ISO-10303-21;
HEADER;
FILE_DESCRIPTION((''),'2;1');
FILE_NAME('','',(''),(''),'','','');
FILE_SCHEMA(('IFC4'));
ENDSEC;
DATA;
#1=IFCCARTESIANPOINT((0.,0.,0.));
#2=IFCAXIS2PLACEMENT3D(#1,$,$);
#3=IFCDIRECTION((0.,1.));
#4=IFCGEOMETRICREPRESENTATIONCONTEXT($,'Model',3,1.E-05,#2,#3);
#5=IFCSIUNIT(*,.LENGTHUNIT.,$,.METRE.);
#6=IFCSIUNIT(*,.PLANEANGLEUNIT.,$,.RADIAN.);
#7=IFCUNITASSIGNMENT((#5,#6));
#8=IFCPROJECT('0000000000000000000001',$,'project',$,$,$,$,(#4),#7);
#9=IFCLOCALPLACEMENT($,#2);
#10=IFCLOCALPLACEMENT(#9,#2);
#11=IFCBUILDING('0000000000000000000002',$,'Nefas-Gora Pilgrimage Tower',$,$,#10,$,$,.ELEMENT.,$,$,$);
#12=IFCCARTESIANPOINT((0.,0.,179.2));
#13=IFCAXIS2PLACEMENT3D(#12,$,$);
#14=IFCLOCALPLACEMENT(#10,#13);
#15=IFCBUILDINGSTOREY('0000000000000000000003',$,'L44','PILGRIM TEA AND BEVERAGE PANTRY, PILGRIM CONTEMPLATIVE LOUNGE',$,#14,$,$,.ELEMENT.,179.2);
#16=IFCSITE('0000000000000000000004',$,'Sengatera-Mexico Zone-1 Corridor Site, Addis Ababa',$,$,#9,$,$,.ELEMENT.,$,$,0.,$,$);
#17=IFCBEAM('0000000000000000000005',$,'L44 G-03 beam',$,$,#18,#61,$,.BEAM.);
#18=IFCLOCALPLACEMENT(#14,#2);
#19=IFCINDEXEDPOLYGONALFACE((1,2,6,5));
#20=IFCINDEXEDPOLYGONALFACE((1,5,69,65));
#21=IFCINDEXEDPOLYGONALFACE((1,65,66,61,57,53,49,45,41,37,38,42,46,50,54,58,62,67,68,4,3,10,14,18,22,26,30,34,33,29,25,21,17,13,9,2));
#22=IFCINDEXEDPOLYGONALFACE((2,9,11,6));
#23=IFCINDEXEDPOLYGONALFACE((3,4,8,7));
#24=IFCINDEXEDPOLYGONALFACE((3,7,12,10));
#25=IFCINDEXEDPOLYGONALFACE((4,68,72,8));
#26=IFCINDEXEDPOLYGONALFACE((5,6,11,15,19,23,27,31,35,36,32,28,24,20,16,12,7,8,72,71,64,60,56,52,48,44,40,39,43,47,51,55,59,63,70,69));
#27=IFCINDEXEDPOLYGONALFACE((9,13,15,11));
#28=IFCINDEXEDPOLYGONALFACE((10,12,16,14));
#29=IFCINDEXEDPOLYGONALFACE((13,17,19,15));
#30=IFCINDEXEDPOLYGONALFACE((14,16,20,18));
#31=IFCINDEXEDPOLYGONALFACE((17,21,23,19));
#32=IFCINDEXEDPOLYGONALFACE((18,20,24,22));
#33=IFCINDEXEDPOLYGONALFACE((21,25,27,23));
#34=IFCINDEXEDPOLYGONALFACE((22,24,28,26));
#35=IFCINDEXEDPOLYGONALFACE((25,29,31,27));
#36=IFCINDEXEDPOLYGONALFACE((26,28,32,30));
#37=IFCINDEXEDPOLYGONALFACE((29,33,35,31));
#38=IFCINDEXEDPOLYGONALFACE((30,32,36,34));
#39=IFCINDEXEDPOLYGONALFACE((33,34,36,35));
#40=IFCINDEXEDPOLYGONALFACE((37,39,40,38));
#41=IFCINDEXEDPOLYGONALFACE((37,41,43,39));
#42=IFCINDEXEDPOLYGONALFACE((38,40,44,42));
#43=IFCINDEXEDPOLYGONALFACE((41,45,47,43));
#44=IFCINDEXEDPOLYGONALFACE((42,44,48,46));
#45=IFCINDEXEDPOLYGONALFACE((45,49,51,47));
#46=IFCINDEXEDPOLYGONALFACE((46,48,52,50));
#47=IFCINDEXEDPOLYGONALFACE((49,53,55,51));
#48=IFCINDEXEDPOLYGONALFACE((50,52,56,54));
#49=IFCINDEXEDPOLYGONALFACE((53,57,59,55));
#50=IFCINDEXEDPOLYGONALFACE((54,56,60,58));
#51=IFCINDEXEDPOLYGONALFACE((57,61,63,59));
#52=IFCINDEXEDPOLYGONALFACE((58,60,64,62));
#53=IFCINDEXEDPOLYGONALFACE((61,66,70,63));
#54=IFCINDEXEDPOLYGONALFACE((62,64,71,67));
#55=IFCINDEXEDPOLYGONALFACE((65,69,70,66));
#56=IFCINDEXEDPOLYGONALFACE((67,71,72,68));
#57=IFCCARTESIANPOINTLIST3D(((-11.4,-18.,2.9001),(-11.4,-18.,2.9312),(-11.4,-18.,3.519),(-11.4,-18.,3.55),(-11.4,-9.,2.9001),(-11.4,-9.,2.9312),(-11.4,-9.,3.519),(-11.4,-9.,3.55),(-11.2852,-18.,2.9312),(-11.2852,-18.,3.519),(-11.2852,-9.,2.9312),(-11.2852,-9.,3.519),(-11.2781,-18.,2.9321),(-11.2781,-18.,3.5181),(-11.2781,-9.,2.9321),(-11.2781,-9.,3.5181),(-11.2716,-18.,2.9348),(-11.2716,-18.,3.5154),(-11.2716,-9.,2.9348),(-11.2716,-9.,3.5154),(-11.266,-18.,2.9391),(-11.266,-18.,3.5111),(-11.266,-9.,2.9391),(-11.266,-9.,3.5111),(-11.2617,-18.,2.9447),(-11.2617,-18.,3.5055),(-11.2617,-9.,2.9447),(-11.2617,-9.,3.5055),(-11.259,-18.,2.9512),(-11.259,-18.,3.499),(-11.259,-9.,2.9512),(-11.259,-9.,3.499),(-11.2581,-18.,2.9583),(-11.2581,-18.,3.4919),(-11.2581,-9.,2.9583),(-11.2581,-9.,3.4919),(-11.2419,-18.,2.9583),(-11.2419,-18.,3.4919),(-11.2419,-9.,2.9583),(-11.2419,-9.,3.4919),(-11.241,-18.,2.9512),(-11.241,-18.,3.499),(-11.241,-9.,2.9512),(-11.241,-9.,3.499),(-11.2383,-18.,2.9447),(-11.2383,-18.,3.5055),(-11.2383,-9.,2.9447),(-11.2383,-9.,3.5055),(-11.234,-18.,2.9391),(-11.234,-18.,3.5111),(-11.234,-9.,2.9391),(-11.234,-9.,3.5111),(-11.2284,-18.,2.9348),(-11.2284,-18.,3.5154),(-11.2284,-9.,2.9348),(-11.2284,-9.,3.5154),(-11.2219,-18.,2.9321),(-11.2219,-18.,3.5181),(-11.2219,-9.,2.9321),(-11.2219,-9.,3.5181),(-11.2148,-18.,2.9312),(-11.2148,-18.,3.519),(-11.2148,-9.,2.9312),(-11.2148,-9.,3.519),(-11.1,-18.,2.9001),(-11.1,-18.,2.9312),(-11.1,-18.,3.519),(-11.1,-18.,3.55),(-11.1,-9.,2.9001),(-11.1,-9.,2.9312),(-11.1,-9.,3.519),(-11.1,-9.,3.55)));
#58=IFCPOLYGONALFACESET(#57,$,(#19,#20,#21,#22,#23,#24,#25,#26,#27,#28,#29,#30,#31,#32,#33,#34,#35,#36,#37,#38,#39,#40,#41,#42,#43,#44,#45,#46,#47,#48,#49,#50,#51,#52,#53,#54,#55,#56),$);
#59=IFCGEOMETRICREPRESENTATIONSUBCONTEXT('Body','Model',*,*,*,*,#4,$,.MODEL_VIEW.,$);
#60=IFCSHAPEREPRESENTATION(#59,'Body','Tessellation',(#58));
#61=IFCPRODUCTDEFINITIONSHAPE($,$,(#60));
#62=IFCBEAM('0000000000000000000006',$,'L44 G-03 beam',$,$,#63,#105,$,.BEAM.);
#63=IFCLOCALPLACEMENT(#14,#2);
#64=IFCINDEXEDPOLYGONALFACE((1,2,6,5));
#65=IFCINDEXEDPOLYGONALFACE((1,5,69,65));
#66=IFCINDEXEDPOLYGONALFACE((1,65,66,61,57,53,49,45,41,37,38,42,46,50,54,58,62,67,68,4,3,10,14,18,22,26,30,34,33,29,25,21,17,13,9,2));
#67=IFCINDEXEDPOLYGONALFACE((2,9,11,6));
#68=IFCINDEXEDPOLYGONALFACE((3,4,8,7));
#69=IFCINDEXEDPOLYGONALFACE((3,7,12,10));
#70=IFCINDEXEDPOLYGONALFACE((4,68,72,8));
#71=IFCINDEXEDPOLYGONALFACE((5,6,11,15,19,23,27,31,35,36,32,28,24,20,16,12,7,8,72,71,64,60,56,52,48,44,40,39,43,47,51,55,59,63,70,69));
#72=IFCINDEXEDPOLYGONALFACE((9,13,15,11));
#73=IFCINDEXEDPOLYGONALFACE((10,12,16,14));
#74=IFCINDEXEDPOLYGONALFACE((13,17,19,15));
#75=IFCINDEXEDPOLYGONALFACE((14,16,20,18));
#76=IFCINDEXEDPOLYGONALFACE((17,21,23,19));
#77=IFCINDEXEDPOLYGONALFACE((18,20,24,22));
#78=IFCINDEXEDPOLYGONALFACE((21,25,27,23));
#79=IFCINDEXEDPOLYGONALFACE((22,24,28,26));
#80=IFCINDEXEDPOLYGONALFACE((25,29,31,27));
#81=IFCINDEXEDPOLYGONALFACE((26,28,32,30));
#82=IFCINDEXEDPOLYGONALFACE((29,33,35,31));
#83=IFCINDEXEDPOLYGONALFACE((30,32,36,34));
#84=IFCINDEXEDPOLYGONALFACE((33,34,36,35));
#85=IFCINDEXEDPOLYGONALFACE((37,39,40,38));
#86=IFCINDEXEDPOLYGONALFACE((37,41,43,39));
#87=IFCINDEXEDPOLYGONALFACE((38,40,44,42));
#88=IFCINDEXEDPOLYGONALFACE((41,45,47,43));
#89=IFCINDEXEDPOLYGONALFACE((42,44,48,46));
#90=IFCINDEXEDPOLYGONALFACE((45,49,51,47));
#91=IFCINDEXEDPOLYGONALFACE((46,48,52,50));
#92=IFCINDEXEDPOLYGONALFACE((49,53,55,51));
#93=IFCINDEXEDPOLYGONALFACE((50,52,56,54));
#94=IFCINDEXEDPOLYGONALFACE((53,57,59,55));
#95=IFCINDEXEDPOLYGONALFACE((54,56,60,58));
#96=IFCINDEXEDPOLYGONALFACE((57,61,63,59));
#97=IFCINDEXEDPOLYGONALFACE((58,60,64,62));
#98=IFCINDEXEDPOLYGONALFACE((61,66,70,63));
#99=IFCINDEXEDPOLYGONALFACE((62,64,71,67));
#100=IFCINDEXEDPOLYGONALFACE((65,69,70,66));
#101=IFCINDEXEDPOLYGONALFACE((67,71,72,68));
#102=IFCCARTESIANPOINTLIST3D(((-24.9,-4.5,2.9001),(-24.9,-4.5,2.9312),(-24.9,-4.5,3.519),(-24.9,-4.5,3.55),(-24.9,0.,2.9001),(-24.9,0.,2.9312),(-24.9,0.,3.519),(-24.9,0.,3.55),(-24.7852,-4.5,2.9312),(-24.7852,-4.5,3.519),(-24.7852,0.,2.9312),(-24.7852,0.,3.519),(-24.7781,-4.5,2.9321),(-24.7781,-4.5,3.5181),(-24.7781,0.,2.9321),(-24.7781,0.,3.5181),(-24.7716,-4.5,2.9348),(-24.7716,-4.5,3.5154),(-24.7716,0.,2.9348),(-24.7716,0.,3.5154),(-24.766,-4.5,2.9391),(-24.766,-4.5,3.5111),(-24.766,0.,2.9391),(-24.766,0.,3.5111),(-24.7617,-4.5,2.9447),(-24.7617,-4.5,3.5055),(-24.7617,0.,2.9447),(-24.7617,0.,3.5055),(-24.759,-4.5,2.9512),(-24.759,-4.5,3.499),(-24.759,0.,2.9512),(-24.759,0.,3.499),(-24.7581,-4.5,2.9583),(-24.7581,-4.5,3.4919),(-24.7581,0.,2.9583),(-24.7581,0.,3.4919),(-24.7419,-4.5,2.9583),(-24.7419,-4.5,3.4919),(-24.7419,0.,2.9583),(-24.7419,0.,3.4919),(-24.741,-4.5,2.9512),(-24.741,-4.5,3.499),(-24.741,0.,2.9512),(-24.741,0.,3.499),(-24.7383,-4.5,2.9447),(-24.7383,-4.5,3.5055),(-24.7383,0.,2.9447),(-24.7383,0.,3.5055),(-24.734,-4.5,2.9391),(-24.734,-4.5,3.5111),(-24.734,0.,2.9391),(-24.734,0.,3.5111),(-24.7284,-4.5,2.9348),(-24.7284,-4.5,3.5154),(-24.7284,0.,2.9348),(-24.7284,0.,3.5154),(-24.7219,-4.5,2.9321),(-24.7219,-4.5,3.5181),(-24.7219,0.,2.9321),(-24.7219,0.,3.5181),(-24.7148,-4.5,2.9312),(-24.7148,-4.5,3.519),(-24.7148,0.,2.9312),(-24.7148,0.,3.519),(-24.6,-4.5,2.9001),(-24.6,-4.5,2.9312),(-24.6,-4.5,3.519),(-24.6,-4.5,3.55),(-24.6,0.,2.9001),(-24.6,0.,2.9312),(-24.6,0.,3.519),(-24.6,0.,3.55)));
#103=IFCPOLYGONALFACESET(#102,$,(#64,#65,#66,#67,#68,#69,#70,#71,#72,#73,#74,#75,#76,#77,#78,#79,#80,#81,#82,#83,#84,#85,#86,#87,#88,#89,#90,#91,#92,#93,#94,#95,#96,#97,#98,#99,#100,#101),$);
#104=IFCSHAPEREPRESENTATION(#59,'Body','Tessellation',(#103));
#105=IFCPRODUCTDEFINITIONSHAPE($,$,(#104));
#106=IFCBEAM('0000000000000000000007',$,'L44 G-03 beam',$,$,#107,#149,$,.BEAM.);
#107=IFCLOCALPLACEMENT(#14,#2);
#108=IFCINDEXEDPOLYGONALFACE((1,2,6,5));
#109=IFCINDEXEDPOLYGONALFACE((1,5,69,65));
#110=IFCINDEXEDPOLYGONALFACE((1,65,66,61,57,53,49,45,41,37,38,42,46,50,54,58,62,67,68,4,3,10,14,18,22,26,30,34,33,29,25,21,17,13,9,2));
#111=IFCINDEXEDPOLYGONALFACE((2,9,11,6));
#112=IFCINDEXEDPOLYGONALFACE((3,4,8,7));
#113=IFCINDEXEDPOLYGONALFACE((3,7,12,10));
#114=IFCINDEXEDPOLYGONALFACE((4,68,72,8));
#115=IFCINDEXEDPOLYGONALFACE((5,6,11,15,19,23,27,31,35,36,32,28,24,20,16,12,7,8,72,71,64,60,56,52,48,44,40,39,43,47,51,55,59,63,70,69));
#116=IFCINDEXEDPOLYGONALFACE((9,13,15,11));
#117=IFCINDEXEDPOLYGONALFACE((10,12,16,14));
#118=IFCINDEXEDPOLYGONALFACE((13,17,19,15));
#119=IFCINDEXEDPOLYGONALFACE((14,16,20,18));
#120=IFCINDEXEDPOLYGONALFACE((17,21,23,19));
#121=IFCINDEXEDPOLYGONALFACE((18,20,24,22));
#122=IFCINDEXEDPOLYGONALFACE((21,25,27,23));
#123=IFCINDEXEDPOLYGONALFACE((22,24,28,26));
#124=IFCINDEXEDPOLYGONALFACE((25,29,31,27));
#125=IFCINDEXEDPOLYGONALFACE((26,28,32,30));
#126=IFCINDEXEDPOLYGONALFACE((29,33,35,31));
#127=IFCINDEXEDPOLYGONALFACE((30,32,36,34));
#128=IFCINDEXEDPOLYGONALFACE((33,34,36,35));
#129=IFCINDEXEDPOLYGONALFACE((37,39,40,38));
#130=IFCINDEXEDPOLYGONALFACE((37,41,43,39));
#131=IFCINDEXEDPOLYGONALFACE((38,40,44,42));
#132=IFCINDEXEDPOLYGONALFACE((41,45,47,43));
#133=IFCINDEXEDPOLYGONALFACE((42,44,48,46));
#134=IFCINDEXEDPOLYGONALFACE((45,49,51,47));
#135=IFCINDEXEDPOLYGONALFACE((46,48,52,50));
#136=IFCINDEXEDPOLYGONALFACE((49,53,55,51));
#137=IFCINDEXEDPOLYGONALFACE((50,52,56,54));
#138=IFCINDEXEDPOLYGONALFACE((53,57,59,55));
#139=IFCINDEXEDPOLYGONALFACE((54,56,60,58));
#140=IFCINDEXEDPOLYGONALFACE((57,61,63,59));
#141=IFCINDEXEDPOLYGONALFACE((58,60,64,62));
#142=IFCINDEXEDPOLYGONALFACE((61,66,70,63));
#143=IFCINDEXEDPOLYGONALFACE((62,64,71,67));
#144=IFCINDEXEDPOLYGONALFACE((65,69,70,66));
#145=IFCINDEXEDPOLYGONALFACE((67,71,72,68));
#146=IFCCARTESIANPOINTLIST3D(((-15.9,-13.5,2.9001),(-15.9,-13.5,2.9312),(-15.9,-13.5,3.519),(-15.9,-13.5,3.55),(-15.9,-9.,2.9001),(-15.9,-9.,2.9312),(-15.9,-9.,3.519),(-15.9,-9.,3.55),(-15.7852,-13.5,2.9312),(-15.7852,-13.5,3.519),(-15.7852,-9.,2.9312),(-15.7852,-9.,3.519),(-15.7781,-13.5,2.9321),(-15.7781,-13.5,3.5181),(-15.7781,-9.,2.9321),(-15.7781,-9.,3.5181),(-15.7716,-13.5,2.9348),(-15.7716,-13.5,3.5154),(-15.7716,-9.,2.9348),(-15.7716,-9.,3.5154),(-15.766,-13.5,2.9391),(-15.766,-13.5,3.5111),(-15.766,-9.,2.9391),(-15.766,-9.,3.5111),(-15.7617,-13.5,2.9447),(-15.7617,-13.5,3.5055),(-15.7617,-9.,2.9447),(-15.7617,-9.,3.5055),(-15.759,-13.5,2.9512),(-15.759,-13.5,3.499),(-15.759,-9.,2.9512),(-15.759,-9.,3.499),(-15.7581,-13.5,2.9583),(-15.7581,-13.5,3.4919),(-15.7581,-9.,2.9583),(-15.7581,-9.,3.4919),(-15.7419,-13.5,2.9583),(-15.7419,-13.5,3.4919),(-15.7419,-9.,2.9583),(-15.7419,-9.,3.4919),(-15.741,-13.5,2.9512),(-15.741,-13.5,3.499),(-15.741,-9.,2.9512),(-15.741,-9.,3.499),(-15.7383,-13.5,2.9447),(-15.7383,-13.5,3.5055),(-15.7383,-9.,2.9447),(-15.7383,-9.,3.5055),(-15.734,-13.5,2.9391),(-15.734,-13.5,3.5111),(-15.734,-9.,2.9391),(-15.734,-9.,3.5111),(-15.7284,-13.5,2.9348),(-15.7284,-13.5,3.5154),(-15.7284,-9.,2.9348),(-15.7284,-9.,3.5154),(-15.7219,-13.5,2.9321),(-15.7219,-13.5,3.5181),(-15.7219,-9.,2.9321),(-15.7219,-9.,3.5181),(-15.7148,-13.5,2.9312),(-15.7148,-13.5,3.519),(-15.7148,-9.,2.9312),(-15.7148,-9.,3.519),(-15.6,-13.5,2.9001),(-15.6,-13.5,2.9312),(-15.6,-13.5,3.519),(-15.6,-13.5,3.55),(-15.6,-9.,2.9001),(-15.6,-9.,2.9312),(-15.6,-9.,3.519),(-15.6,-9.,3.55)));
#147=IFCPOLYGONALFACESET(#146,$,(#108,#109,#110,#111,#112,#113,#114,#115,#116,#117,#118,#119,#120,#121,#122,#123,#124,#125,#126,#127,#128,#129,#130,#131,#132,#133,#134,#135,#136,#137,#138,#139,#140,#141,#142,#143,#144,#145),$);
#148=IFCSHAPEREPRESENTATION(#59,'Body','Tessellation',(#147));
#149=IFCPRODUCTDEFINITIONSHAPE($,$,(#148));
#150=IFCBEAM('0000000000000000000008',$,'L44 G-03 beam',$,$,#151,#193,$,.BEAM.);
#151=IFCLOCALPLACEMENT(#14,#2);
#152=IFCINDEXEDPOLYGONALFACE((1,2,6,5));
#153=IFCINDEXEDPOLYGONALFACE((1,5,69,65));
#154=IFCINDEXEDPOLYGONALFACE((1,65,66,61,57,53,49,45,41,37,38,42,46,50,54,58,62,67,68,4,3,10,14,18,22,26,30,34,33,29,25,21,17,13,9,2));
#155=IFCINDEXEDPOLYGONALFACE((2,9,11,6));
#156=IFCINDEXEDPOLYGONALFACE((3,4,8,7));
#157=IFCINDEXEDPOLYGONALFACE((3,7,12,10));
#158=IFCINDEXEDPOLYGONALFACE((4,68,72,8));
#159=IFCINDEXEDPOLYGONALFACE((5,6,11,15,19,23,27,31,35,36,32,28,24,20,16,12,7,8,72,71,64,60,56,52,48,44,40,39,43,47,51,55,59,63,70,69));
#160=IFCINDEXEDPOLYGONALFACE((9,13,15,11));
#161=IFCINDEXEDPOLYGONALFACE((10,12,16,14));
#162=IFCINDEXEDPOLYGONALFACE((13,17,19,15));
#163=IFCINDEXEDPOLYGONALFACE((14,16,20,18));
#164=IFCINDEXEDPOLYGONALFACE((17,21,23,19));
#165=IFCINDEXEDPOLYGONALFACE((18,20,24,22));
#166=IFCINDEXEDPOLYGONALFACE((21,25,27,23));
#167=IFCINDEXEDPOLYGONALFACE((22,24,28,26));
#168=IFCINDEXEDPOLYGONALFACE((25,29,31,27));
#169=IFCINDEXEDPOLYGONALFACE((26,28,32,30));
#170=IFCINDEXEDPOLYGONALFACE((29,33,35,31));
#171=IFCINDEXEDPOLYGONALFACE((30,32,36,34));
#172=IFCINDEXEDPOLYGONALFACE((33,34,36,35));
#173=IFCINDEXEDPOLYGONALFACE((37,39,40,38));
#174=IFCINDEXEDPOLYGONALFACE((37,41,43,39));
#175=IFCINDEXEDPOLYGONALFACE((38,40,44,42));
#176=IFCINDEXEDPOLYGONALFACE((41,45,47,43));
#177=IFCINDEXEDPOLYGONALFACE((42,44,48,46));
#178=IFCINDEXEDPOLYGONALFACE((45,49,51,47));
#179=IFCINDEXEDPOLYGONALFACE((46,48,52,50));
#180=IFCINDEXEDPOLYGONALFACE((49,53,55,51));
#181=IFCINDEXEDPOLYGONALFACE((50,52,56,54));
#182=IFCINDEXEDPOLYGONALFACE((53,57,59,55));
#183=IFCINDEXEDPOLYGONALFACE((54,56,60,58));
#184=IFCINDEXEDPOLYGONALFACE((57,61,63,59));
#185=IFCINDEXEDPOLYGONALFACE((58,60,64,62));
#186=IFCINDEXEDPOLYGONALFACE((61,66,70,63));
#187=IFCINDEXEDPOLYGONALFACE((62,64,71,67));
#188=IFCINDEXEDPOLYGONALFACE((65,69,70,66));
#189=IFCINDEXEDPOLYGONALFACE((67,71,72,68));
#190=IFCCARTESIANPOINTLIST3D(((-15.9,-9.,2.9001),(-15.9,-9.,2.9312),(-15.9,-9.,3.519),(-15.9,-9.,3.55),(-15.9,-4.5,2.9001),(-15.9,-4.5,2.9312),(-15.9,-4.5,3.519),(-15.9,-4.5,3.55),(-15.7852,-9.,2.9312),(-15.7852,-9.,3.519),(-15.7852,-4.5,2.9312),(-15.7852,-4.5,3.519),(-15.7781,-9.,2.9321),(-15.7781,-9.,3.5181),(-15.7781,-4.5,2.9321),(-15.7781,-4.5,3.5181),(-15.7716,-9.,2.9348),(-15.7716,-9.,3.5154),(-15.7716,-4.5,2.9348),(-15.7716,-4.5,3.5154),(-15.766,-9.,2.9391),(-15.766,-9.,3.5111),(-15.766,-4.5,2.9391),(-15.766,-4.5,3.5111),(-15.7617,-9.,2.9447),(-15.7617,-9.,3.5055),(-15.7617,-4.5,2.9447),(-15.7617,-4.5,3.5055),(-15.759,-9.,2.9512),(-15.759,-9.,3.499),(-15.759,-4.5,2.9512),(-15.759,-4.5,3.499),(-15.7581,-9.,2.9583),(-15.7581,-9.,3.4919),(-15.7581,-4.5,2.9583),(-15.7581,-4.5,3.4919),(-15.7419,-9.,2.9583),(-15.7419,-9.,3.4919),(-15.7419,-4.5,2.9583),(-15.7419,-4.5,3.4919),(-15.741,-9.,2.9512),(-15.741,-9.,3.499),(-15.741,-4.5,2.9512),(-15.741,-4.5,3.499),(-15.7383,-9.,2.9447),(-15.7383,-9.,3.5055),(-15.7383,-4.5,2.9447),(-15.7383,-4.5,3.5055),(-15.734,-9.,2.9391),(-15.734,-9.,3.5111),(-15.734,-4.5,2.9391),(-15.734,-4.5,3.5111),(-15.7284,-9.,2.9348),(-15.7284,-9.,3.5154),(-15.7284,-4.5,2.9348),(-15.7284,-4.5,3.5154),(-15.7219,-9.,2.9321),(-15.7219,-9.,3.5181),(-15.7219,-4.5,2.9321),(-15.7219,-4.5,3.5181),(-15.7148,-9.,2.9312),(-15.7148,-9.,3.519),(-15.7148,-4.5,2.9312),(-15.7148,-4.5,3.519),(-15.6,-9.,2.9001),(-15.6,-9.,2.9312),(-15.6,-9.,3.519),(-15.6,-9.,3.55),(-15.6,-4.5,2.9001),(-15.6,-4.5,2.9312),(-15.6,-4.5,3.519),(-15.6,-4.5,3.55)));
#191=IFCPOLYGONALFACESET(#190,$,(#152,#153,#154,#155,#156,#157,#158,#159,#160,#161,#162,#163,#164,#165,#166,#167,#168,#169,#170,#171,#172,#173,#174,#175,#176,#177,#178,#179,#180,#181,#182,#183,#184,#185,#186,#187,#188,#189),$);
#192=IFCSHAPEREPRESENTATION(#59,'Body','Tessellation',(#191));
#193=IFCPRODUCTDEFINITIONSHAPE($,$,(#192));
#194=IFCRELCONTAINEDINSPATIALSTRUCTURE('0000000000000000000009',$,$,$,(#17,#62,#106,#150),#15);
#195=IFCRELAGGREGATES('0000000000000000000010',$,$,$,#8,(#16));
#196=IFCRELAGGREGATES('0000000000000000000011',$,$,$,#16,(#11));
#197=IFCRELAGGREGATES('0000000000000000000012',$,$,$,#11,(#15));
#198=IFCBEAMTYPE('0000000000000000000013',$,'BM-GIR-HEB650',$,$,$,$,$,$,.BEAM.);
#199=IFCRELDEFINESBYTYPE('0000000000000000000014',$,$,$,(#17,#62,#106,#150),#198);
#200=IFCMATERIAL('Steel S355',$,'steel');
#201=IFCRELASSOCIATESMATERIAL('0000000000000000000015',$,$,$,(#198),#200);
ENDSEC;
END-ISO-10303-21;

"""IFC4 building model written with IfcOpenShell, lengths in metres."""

from ifc_helpers import new_model, si_unit, direction, frame, origin, origin_2d, place, context, subcontext, project, spatial, i_section, extrude, source, transform, mapped, material, material_profile, profile_set, type_object, element, save


model = new_model("IFC4")

# Units and contexts
model_context = context("Model", 3, precision=1e-05, world=origin(), true_north=direction((0.0, 1.0)))
body_context = subcontext(model_context, "Body", "Model", "MODEL_VIEW")
ifc_project = project(units=[si_unit("LENGTHUNIT", "METRE"), si_unit("PLANEANGLEUNIT", "RADIAN")], contexts=[model_context])

# Site, building, storey
site_placement = place(None, origin())
site = spatial("IfcSite", under=ifc_project, at=site_placement, Name="Sengatera-Mexico Zone-1 Corridor Site, Addis Ababa", CompositionType="ELEMENT", RefElevation=0.0)
building_placement = place(site_placement, origin())
building = spatial("IfcBuilding", under=site, at=building_placement, Name="Nefas-Gora Pilgrimage Tower", CompositionType="ELEMENT")
storey_placement = place(building_placement, frame((0.0, 0.0, 179.2)))
storey = spatial("IfcBuildingStorey", under=building, at=storey_placement, Name="L44", Description="PILGRIM TEA AND BEVERAGE PANTRY, PILGRIM CONTEMPLATIVE LOUNGE", CompositionType="ELEMENT", Elevation=179.2)

# Beams
ifc_material_1 = material(Name="Steel S355", Category="steel")
ifc_material_profile_1 = material_profile(ifc_material_1, i_section(OverallWidth=0.3, OverallDepth=0.6499, WebThickness=0.0161, FlangeThickness=0.031, FilletRadius=0.0271, at=origin_2d()), Name="HEB 650")
ifc_profile_set_1 = profile_set([ifc_material_profile_1], Name="Steel S355")
beam_type = type_object("IfcBeamType", Name="BM-GIR-HEB650", PredefinedType="BEAM", material=ifc_profile_set_1)
shared_shape_1 = source(origin(), body_context, "Body", "SweptSolid", [
    extrude(i_section(OverallWidth=0.3, OverallDepth=0.6499, WebThickness=0.0161, FlangeThickness=0.031, FilletRadius=0.0271, at=origin_2d()), origin(), (0.0, 0.0, 1.0), 9.0),
])
for number, where, z_axis, x_axis, name in (
    (1, (-11.25, -18.0, 3.2251), (0.0, 1.0, 0.0), (-1.0, 0.0, 0.0), "L44 G-03 beam"),
):
    element("IfcBeam", number, at=place(storey_placement, frame(where, z_axis=z_axis, x_axis=x_axis)), inside=storey, type_object=beam_type, Name=name, PredefinedType="BEAM", context=body_context, shape_type="MappedRepresentation", body=[
        mapped(shared_shape_1, transform((0.0, 0.0, 0.0), x_axis=(1.0, 0.0, 0.0), y_axis=(0.0, 1.0, 0.0), z_axis=(0.0, 0.0, 1.0), scale=1.0)),
    ])
shared_shape_2 = source(origin(), body_context, "Body", "SweptSolid", [
    extrude(i_section(OverallWidth=0.3, OverallDepth=0.6499, WebThickness=0.0161, FlangeThickness=0.031, FilletRadius=0.0271, at=origin_2d()), origin(), (0.0, 0.0, 1.0), 4.5),
])
for number, where, z_axis, x_axis, name in (
    (2, (-24.75, -4.5, 3.2251), (0.0, 1.0, 0.0), (-1.0, 0.0, 0.0), "L44 G-03 beam"),
    (3, (-15.75, -13.5, 3.2251), (0.0, 1.0, 0.0), (-1.0, 0.0, 0.0), "L44 G-03 beam"),
    (4, (-15.75, -9.0, 3.2251), (0.0, 1.0, 0.0), (-1.0, 0.0, 0.0), "L44 G-03 beam"),
):
    element("IfcBeam", number, at=place(storey_placement, frame(where, z_axis=z_axis, x_axis=x_axis)), inside=storey, type_object=beam_type, Name=name, PredefinedType="BEAM", context=body_context, shape_type="MappedRepresentation", body=[
        mapped(shared_shape_2, transform((0.0, 0.0, 0.0), x_axis=(1.0, 0.0, 0.0), y_axis=(0.0, 1.0, 0.0), z_axis=(0.0, 0.0, 1.0), scale=1.0)),
    ])

save(model, "model.ifc")
